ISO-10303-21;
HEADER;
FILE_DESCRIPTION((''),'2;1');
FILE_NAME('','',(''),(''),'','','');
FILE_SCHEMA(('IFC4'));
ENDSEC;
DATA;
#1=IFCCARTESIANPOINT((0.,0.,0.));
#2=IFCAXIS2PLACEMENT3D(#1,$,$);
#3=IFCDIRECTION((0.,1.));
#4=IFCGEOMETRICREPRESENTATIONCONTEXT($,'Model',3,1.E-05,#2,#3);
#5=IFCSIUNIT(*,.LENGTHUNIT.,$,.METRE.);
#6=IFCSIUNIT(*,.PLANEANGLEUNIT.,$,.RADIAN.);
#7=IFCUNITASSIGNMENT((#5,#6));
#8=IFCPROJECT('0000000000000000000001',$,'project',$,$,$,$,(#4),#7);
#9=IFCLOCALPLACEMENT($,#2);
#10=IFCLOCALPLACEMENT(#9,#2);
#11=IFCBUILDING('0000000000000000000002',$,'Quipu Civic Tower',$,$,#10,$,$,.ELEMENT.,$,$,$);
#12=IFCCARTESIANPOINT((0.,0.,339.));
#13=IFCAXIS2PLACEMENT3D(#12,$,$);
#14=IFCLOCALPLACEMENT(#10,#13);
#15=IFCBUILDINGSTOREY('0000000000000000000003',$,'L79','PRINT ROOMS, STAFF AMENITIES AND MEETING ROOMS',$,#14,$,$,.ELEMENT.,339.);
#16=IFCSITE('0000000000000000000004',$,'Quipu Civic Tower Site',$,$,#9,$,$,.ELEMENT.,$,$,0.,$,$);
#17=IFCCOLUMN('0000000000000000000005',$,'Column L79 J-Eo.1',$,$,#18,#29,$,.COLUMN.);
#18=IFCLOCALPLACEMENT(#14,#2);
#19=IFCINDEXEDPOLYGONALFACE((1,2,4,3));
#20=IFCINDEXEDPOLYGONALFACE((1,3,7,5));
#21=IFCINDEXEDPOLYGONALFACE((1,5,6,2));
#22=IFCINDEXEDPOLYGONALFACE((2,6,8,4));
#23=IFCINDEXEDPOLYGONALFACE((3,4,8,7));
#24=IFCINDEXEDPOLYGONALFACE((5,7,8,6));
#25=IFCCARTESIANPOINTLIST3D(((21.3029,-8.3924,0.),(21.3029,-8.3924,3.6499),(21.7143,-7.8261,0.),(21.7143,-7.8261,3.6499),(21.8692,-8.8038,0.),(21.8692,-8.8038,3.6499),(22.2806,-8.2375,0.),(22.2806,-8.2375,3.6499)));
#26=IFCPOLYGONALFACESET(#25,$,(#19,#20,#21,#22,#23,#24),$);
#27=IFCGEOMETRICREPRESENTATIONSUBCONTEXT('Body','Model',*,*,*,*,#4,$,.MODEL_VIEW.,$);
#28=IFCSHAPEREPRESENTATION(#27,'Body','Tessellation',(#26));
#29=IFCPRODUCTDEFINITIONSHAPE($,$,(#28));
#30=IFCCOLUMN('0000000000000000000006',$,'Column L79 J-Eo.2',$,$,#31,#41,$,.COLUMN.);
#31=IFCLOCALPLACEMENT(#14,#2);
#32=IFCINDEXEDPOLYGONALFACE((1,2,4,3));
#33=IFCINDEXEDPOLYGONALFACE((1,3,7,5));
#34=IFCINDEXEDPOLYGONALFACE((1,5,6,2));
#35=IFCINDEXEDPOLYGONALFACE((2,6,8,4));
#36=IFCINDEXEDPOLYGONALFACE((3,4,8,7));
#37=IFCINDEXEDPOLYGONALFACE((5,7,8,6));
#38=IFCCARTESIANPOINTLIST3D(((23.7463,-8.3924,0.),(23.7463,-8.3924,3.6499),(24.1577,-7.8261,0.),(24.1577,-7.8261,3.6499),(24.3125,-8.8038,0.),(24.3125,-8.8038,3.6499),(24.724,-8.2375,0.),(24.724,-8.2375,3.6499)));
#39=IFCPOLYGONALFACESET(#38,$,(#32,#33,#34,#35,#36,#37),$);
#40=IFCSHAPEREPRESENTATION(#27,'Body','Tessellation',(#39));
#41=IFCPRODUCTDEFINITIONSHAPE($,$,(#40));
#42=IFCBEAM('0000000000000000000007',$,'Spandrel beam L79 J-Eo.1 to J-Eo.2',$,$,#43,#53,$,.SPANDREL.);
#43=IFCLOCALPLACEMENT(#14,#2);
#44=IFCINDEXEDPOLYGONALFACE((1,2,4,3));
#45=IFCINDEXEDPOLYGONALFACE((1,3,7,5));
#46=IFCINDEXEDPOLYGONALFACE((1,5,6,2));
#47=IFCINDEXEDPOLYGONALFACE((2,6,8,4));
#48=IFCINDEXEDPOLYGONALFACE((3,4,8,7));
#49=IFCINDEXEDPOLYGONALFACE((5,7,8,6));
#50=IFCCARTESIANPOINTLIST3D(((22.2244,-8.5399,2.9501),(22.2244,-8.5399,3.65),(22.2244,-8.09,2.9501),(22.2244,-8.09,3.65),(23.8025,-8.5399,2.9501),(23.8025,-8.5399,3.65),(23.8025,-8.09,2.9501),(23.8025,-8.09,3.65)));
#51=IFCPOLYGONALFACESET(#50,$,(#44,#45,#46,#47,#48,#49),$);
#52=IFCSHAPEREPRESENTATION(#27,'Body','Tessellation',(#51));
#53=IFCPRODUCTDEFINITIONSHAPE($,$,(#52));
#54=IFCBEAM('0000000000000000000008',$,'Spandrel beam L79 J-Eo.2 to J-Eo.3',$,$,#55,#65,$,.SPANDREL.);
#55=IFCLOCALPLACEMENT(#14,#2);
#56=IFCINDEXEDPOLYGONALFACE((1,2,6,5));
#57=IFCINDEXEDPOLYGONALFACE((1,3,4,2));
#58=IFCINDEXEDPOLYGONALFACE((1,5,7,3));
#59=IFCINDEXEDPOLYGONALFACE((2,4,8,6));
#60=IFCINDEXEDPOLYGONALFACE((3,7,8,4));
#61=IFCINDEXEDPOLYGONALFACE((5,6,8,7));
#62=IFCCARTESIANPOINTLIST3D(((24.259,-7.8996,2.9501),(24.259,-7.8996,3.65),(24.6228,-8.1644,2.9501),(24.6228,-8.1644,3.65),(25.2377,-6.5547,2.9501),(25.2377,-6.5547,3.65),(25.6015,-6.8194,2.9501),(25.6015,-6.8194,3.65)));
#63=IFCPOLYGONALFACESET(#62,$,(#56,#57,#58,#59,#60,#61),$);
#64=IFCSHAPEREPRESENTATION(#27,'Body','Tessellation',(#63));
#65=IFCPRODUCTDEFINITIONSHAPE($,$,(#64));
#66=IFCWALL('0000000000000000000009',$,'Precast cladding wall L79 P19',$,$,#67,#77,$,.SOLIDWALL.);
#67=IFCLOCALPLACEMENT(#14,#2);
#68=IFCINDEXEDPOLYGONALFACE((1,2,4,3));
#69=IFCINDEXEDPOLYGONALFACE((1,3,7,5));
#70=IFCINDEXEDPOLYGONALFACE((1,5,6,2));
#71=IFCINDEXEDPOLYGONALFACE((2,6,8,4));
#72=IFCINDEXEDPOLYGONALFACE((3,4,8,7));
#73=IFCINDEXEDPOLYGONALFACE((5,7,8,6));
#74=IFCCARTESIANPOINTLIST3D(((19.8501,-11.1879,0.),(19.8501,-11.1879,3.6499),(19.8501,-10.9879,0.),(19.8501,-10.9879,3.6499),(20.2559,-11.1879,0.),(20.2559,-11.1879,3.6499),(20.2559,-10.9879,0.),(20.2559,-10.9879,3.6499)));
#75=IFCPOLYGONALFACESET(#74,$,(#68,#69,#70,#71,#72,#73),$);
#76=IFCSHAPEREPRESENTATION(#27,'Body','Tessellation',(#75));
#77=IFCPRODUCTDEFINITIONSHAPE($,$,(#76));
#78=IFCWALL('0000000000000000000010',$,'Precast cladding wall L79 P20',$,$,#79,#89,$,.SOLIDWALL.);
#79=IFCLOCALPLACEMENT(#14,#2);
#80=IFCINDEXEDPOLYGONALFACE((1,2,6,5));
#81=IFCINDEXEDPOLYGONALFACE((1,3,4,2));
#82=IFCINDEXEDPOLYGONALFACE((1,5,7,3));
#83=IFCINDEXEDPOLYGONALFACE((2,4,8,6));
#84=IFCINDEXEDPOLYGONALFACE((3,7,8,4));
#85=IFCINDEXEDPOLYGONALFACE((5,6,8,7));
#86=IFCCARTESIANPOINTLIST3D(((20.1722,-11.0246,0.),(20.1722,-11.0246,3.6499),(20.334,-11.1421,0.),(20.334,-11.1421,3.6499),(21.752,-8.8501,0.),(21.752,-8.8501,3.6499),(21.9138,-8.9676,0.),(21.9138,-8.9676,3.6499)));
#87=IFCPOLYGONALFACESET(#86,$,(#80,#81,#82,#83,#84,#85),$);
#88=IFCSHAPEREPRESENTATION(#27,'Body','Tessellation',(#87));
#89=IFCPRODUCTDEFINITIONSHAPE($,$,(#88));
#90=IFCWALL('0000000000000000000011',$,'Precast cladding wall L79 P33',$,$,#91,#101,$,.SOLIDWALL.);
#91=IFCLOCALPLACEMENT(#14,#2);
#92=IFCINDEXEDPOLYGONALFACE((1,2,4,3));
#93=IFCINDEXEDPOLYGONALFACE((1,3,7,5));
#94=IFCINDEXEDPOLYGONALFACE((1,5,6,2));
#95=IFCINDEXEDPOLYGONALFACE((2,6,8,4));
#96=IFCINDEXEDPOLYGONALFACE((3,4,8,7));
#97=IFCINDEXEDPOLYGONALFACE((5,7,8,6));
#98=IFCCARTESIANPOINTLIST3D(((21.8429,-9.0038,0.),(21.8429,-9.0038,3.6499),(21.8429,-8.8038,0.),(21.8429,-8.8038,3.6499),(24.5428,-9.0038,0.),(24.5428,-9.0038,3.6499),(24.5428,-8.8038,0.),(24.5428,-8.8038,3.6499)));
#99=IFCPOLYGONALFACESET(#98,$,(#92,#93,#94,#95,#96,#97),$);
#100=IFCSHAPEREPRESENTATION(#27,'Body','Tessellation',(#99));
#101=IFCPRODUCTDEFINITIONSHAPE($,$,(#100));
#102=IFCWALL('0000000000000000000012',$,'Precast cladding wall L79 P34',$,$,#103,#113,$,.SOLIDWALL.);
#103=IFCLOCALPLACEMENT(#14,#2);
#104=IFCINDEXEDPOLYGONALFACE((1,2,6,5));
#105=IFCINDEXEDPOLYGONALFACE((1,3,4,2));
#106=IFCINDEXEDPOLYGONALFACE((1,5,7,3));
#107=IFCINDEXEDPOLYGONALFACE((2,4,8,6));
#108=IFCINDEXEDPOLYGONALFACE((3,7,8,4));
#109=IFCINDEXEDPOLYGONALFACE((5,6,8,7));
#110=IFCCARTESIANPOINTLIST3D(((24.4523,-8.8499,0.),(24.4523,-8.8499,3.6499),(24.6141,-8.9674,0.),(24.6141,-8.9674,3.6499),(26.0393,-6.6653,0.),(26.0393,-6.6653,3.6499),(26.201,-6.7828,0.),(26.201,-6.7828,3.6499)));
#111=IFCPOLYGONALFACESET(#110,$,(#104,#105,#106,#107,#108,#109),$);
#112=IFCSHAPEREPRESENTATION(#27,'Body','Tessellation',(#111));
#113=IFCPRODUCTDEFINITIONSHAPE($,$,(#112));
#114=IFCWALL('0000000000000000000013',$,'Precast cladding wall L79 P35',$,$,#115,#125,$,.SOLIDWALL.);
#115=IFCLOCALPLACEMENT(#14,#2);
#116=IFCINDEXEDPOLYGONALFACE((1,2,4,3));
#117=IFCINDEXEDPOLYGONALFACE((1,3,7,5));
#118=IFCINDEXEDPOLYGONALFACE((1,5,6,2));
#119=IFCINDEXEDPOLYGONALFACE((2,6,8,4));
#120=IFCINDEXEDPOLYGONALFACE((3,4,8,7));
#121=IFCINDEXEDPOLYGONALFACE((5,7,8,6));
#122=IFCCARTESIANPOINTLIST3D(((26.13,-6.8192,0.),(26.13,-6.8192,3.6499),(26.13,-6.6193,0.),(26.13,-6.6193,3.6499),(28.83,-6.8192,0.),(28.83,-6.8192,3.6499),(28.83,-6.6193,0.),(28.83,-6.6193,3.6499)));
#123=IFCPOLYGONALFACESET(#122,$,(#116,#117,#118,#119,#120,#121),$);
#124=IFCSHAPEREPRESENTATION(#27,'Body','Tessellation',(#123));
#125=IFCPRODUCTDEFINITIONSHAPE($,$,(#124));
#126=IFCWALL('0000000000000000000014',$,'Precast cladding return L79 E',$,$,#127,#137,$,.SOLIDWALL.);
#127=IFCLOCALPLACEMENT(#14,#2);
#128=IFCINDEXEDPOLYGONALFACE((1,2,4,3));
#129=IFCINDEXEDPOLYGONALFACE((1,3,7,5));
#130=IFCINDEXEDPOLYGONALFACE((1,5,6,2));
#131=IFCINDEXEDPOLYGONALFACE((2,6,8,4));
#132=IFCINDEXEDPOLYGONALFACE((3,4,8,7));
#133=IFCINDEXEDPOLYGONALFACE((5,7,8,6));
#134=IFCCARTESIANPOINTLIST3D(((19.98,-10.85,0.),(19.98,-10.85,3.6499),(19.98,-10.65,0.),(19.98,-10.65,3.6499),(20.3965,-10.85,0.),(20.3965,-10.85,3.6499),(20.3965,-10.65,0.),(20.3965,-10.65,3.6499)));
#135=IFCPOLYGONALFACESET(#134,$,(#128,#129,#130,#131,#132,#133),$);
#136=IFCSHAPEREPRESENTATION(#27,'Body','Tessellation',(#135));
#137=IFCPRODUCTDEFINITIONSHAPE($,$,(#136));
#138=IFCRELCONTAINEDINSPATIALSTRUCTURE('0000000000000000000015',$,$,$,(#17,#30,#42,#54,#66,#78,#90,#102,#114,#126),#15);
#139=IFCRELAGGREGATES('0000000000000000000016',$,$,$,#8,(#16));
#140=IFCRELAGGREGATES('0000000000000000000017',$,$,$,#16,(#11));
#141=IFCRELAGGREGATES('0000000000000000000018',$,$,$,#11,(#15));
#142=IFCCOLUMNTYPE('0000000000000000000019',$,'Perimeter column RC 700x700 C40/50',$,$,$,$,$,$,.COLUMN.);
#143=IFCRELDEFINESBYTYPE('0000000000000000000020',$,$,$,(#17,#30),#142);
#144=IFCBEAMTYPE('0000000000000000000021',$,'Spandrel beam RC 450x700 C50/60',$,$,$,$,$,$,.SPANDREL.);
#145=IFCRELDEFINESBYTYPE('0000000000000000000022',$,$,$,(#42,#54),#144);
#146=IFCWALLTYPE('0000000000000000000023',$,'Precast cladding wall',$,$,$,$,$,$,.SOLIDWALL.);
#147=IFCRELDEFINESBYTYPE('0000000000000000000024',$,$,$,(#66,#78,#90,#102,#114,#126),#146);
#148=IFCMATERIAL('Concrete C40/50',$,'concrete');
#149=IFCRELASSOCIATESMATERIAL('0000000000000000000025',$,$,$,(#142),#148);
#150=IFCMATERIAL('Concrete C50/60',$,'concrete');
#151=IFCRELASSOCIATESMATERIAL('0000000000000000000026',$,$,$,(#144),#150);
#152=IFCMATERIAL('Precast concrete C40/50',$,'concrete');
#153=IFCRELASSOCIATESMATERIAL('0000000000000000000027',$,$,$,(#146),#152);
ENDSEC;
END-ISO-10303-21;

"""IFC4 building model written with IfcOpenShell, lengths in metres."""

from ifc_helpers import new_model, si_unit, direction, frame, frame_2d, origin, origin_2d, place, context, subcontext, project, spatial, rectangle, extrude, material, material_profile, profile_set, type_object, element, save


model = new_model("IFC4")

# Units and contexts
model_context = context("Model", 3, precision=1e-05, world=origin(), true_north=direction((0.0, 1.0)))
body_context = subcontext(model_context, "Body", "Model", "MODEL_VIEW")
ifc_project = project(units=[si_unit("LENGTHUNIT", "METRE"), si_unit("PLANEANGLEUNIT", "RADIAN")], contexts=[model_context])

# Site, building, storey
site_placement = place(None, origin())
site = spatial("IfcSite", under=ifc_project, at=site_placement, Name="Quipu Civic Tower Site", CompositionType="ELEMENT", RefElevation=0.0)
building_placement = place(site_placement, origin())
building = spatial("IfcBuilding", under=site, at=building_placement, Name="Quipu Civic Tower", CompositionType="ELEMENT")
storey_placement = place(building_placement, frame((0.0, 0.0, 339.0)))
storey = spatial("IfcBuildingStorey", under=building, at=storey_placement, Name="L79", Description="PRINT ROOMS, STAFF AMENITIES AND MEETING ROOMS", CompositionType="ELEMENT", Elevation=339.0)

# Columns
ifc_material_1 = material(Name="Concrete C40/50", Category="concrete")
ifc_material_profile_1 = material_profile(ifc_material_1, rectangle(XDim=0.7, YDim=0.7, at=origin_2d()), Name="RC700x700")
ifc_profile_set_1 = profile_set([ifc_material_profile_1], Name="Concrete C40/50")
column_type = type_object("IfcColumnType", Name="Perimeter column RC 700x700 C40/50", PredefinedType="COLUMN", material=ifc_profile_set_1)
for number, where, z_axis, x_axis, name in (
    (1, (21.7917, -8.3149, 0.0), (0.0, 0.0, 1.0), (0.587785, 0.809017, 0.0), "Column L79 J-Eo.1"),
    (2, (24.2351, -8.3149, 0.0), (0.0, 0.0, 1.0), (0.587785, 0.809017, 0.0), "Column L79 J-Eo.2"),
):
    element("IfcColumn", number, at=place(storey_placement, frame(where, z_axis=z_axis, x_axis=x_axis)), inside=storey, type_object=column_type, Name=name, PredefinedType="COLUMN", context=body_context, shape_type="SweptSolid", body=[
        extrude(rectangle(XDim=0.7, YDim=0.7, at=origin_2d()), origin(), (0.0, 0.0, 1.0), 3.6499),
    ])

# Beams
ifc_material_2 = material(Name="Concrete C50/60", Category="concrete")
ifc_material_profile_2 = material_profile(ifc_material_2, rectangle(XDim=0.45, YDim=0.7, at=origin_2d()), Name="RC450x700")
ifc_profile_set_2 = profile_set([ifc_material_profile_2], Name="Concrete C50/60")
beam_type = type_object("IfcBeamType", Name="Spandrel beam RC 450x700 C50/60", PredefinedType="SPANDREL", material=ifc_profile_set_2)
beam_1_placement = place(storey_placement, frame((22.2244, -8.3149, 3.3), z_axis=(1.0, 0.0, 0.0), x_axis=(0.0, 1.0, 0.0)))
element("IfcBeam", 3, at=beam_1_placement, inside=storey, type_object=beam_type, Name="Spandrel beam L79 J-Eo.1 to J-Eo.2", PredefinedType="SPANDREL", context=body_context, shape_type="SweptSolid", body=[
    extrude(rectangle(XDim=0.45, YDim=0.7, at=origin_2d()), origin(), (0.0, 0.0, 1.0), 1.5781),
])
beam_2_placement = place(storey_placement, frame((24.4409, -8.032, 3.3), z_axis=(0.588407, 0.808565, 0.0), x_axis=(-0.808565, 0.588407, 0.0)))
element("IfcBeam", 4, at=beam_2_placement, inside=storey, type_object=beam_type, Name="Spandrel beam L79 J-Eo.2 to J-Eo.3", PredefinedType="SPANDREL", context=body_context, shape_type="SweptSolid", body=[
    extrude(rectangle(XDim=0.45, YDim=0.7, at=origin_2d()), origin(), (0.0, 0.0, 1.0), 1.6633),
])

# Walls
ifc_material_3 = material(Name="Precast concrete C40/50", Category="concrete")
wall_type = type_object("IfcWallType", Name="Precast cladding wall", PredefinedType="SOLIDWALL", material=ifc_material_3)
wall_1_placement = place(storey_placement, frame((19.8501, -11.0879, 0.0), z_axis=(0.0, 0.0, 1.0), x_axis=(1.0, 0.0, 0.0)))
element("IfcWall", 5, at=wall_1_placement, inside=storey, type_object=wall_type, Name="Precast cladding wall L79 P19", PredefinedType="SOLIDWALL", context=body_context, shape_type="SweptSolid", body=[
    extrude(rectangle(XDim=0.4058, YDim=0.2, at=frame_2d((0.2029, 0.0))), origin(), (0.0, 0.0, 1.0), 3.6499),
])
wall_2_placement = place(storey_placement, frame((20.2532, -11.0833, 0.0), z_axis=(0.0, 0.0, 1.0), x_axis=(0.587767, 0.809031, 0.0)))
element("IfcWall", 6, at=wall_2_placement, inside=storey, type_object=wall_type, Name="Precast cladding wall L79 P20", PredefinedType="SOLIDWALL", context=body_context, shape_type="SweptSolid", body=[
    extrude(rectangle(XDim=2.6877, YDim=0.2, at=frame_2d((1.3438, 0.0))), origin(), (0.0, 0.0, 1.0), 3.6499),
])
wall_3_placement = place(storey_placement, frame((21.8428, -8.9038, 0.0), z_axis=(0.0, 0.0, 1.0), x_axis=(1.0, 0.0, 0.0)))
element("IfcWall", 7, at=wall_3_placement, inside=storey, type_object=wall_type, Name="Precast cladding wall L79 P33", PredefinedType="SOLIDWALL", context=body_context, shape_type="SweptSolid", body=[
    extrude(rectangle(XDim=2.7, YDim=0.2, at=frame_2d((1.3501, 0.0))), origin(), (0.0, 0.0, 1.0), 3.6499),
])
wall_4_placement = place(storey_placement, frame((24.5332, -8.9087, 0.0), z_axis=(0.0, 0.0, 1.0), x_axis=(0.58772, 0.809064, 0.0)))
element("IfcWall", 8, at=wall_4_placement, inside=storey, type_object=wall_type, Name="Precast cladding wall L79 P34", PredefinedType="SOLIDWALL", context=body_context, shape_type="SweptSolid", body=[
    extrude(rectangle(XDim=2.7002, YDim=0.2, at=frame_2d((1.3501, 0.0))), origin(), (0.0, 0.0, 1.0), 3.6499),
])
wall_5_placement = place(storey_placement, frame((26.1299, -6.7192, 0.0), z_axis=(0.0, 0.0, 1.0), x_axis=(1.0, 0.0, 0.0)))
element("IfcWall", 9, at=wall_5_placement, inside=storey, type_object=wall_type, Name="Precast cladding wall L79 P35", PredefinedType="SOLIDWALL", context=body_context, shape_type="SweptSolid", body=[
    extrude(rectangle(XDim=2.7, YDim=0.2, at=frame_2d((1.3501, 0.0))), origin(), (0.0, 0.0, 1.0), 3.6499),
])
wall_6_placement = place(storey_placement, frame((19.98, -10.75, 0.0), z_axis=(0.0, 0.0, 1.0), x_axis=(1.0, 0.0, 0.0)))
element("IfcWall", 10, at=wall_6_placement, inside=storey, type_object=wall_type, Name="Precast cladding return L79 E", PredefinedType="SOLIDWALL", context=body_context, shape_type="SweptSolid", body=[
    extrude(rectangle(XDim=0.4165, YDim=0.2, at=frame_2d((0.2083, 0.0))), origin(), (0.0, 0.0, 1.0), 3.6499),
])

save(model, "model.ifc")
